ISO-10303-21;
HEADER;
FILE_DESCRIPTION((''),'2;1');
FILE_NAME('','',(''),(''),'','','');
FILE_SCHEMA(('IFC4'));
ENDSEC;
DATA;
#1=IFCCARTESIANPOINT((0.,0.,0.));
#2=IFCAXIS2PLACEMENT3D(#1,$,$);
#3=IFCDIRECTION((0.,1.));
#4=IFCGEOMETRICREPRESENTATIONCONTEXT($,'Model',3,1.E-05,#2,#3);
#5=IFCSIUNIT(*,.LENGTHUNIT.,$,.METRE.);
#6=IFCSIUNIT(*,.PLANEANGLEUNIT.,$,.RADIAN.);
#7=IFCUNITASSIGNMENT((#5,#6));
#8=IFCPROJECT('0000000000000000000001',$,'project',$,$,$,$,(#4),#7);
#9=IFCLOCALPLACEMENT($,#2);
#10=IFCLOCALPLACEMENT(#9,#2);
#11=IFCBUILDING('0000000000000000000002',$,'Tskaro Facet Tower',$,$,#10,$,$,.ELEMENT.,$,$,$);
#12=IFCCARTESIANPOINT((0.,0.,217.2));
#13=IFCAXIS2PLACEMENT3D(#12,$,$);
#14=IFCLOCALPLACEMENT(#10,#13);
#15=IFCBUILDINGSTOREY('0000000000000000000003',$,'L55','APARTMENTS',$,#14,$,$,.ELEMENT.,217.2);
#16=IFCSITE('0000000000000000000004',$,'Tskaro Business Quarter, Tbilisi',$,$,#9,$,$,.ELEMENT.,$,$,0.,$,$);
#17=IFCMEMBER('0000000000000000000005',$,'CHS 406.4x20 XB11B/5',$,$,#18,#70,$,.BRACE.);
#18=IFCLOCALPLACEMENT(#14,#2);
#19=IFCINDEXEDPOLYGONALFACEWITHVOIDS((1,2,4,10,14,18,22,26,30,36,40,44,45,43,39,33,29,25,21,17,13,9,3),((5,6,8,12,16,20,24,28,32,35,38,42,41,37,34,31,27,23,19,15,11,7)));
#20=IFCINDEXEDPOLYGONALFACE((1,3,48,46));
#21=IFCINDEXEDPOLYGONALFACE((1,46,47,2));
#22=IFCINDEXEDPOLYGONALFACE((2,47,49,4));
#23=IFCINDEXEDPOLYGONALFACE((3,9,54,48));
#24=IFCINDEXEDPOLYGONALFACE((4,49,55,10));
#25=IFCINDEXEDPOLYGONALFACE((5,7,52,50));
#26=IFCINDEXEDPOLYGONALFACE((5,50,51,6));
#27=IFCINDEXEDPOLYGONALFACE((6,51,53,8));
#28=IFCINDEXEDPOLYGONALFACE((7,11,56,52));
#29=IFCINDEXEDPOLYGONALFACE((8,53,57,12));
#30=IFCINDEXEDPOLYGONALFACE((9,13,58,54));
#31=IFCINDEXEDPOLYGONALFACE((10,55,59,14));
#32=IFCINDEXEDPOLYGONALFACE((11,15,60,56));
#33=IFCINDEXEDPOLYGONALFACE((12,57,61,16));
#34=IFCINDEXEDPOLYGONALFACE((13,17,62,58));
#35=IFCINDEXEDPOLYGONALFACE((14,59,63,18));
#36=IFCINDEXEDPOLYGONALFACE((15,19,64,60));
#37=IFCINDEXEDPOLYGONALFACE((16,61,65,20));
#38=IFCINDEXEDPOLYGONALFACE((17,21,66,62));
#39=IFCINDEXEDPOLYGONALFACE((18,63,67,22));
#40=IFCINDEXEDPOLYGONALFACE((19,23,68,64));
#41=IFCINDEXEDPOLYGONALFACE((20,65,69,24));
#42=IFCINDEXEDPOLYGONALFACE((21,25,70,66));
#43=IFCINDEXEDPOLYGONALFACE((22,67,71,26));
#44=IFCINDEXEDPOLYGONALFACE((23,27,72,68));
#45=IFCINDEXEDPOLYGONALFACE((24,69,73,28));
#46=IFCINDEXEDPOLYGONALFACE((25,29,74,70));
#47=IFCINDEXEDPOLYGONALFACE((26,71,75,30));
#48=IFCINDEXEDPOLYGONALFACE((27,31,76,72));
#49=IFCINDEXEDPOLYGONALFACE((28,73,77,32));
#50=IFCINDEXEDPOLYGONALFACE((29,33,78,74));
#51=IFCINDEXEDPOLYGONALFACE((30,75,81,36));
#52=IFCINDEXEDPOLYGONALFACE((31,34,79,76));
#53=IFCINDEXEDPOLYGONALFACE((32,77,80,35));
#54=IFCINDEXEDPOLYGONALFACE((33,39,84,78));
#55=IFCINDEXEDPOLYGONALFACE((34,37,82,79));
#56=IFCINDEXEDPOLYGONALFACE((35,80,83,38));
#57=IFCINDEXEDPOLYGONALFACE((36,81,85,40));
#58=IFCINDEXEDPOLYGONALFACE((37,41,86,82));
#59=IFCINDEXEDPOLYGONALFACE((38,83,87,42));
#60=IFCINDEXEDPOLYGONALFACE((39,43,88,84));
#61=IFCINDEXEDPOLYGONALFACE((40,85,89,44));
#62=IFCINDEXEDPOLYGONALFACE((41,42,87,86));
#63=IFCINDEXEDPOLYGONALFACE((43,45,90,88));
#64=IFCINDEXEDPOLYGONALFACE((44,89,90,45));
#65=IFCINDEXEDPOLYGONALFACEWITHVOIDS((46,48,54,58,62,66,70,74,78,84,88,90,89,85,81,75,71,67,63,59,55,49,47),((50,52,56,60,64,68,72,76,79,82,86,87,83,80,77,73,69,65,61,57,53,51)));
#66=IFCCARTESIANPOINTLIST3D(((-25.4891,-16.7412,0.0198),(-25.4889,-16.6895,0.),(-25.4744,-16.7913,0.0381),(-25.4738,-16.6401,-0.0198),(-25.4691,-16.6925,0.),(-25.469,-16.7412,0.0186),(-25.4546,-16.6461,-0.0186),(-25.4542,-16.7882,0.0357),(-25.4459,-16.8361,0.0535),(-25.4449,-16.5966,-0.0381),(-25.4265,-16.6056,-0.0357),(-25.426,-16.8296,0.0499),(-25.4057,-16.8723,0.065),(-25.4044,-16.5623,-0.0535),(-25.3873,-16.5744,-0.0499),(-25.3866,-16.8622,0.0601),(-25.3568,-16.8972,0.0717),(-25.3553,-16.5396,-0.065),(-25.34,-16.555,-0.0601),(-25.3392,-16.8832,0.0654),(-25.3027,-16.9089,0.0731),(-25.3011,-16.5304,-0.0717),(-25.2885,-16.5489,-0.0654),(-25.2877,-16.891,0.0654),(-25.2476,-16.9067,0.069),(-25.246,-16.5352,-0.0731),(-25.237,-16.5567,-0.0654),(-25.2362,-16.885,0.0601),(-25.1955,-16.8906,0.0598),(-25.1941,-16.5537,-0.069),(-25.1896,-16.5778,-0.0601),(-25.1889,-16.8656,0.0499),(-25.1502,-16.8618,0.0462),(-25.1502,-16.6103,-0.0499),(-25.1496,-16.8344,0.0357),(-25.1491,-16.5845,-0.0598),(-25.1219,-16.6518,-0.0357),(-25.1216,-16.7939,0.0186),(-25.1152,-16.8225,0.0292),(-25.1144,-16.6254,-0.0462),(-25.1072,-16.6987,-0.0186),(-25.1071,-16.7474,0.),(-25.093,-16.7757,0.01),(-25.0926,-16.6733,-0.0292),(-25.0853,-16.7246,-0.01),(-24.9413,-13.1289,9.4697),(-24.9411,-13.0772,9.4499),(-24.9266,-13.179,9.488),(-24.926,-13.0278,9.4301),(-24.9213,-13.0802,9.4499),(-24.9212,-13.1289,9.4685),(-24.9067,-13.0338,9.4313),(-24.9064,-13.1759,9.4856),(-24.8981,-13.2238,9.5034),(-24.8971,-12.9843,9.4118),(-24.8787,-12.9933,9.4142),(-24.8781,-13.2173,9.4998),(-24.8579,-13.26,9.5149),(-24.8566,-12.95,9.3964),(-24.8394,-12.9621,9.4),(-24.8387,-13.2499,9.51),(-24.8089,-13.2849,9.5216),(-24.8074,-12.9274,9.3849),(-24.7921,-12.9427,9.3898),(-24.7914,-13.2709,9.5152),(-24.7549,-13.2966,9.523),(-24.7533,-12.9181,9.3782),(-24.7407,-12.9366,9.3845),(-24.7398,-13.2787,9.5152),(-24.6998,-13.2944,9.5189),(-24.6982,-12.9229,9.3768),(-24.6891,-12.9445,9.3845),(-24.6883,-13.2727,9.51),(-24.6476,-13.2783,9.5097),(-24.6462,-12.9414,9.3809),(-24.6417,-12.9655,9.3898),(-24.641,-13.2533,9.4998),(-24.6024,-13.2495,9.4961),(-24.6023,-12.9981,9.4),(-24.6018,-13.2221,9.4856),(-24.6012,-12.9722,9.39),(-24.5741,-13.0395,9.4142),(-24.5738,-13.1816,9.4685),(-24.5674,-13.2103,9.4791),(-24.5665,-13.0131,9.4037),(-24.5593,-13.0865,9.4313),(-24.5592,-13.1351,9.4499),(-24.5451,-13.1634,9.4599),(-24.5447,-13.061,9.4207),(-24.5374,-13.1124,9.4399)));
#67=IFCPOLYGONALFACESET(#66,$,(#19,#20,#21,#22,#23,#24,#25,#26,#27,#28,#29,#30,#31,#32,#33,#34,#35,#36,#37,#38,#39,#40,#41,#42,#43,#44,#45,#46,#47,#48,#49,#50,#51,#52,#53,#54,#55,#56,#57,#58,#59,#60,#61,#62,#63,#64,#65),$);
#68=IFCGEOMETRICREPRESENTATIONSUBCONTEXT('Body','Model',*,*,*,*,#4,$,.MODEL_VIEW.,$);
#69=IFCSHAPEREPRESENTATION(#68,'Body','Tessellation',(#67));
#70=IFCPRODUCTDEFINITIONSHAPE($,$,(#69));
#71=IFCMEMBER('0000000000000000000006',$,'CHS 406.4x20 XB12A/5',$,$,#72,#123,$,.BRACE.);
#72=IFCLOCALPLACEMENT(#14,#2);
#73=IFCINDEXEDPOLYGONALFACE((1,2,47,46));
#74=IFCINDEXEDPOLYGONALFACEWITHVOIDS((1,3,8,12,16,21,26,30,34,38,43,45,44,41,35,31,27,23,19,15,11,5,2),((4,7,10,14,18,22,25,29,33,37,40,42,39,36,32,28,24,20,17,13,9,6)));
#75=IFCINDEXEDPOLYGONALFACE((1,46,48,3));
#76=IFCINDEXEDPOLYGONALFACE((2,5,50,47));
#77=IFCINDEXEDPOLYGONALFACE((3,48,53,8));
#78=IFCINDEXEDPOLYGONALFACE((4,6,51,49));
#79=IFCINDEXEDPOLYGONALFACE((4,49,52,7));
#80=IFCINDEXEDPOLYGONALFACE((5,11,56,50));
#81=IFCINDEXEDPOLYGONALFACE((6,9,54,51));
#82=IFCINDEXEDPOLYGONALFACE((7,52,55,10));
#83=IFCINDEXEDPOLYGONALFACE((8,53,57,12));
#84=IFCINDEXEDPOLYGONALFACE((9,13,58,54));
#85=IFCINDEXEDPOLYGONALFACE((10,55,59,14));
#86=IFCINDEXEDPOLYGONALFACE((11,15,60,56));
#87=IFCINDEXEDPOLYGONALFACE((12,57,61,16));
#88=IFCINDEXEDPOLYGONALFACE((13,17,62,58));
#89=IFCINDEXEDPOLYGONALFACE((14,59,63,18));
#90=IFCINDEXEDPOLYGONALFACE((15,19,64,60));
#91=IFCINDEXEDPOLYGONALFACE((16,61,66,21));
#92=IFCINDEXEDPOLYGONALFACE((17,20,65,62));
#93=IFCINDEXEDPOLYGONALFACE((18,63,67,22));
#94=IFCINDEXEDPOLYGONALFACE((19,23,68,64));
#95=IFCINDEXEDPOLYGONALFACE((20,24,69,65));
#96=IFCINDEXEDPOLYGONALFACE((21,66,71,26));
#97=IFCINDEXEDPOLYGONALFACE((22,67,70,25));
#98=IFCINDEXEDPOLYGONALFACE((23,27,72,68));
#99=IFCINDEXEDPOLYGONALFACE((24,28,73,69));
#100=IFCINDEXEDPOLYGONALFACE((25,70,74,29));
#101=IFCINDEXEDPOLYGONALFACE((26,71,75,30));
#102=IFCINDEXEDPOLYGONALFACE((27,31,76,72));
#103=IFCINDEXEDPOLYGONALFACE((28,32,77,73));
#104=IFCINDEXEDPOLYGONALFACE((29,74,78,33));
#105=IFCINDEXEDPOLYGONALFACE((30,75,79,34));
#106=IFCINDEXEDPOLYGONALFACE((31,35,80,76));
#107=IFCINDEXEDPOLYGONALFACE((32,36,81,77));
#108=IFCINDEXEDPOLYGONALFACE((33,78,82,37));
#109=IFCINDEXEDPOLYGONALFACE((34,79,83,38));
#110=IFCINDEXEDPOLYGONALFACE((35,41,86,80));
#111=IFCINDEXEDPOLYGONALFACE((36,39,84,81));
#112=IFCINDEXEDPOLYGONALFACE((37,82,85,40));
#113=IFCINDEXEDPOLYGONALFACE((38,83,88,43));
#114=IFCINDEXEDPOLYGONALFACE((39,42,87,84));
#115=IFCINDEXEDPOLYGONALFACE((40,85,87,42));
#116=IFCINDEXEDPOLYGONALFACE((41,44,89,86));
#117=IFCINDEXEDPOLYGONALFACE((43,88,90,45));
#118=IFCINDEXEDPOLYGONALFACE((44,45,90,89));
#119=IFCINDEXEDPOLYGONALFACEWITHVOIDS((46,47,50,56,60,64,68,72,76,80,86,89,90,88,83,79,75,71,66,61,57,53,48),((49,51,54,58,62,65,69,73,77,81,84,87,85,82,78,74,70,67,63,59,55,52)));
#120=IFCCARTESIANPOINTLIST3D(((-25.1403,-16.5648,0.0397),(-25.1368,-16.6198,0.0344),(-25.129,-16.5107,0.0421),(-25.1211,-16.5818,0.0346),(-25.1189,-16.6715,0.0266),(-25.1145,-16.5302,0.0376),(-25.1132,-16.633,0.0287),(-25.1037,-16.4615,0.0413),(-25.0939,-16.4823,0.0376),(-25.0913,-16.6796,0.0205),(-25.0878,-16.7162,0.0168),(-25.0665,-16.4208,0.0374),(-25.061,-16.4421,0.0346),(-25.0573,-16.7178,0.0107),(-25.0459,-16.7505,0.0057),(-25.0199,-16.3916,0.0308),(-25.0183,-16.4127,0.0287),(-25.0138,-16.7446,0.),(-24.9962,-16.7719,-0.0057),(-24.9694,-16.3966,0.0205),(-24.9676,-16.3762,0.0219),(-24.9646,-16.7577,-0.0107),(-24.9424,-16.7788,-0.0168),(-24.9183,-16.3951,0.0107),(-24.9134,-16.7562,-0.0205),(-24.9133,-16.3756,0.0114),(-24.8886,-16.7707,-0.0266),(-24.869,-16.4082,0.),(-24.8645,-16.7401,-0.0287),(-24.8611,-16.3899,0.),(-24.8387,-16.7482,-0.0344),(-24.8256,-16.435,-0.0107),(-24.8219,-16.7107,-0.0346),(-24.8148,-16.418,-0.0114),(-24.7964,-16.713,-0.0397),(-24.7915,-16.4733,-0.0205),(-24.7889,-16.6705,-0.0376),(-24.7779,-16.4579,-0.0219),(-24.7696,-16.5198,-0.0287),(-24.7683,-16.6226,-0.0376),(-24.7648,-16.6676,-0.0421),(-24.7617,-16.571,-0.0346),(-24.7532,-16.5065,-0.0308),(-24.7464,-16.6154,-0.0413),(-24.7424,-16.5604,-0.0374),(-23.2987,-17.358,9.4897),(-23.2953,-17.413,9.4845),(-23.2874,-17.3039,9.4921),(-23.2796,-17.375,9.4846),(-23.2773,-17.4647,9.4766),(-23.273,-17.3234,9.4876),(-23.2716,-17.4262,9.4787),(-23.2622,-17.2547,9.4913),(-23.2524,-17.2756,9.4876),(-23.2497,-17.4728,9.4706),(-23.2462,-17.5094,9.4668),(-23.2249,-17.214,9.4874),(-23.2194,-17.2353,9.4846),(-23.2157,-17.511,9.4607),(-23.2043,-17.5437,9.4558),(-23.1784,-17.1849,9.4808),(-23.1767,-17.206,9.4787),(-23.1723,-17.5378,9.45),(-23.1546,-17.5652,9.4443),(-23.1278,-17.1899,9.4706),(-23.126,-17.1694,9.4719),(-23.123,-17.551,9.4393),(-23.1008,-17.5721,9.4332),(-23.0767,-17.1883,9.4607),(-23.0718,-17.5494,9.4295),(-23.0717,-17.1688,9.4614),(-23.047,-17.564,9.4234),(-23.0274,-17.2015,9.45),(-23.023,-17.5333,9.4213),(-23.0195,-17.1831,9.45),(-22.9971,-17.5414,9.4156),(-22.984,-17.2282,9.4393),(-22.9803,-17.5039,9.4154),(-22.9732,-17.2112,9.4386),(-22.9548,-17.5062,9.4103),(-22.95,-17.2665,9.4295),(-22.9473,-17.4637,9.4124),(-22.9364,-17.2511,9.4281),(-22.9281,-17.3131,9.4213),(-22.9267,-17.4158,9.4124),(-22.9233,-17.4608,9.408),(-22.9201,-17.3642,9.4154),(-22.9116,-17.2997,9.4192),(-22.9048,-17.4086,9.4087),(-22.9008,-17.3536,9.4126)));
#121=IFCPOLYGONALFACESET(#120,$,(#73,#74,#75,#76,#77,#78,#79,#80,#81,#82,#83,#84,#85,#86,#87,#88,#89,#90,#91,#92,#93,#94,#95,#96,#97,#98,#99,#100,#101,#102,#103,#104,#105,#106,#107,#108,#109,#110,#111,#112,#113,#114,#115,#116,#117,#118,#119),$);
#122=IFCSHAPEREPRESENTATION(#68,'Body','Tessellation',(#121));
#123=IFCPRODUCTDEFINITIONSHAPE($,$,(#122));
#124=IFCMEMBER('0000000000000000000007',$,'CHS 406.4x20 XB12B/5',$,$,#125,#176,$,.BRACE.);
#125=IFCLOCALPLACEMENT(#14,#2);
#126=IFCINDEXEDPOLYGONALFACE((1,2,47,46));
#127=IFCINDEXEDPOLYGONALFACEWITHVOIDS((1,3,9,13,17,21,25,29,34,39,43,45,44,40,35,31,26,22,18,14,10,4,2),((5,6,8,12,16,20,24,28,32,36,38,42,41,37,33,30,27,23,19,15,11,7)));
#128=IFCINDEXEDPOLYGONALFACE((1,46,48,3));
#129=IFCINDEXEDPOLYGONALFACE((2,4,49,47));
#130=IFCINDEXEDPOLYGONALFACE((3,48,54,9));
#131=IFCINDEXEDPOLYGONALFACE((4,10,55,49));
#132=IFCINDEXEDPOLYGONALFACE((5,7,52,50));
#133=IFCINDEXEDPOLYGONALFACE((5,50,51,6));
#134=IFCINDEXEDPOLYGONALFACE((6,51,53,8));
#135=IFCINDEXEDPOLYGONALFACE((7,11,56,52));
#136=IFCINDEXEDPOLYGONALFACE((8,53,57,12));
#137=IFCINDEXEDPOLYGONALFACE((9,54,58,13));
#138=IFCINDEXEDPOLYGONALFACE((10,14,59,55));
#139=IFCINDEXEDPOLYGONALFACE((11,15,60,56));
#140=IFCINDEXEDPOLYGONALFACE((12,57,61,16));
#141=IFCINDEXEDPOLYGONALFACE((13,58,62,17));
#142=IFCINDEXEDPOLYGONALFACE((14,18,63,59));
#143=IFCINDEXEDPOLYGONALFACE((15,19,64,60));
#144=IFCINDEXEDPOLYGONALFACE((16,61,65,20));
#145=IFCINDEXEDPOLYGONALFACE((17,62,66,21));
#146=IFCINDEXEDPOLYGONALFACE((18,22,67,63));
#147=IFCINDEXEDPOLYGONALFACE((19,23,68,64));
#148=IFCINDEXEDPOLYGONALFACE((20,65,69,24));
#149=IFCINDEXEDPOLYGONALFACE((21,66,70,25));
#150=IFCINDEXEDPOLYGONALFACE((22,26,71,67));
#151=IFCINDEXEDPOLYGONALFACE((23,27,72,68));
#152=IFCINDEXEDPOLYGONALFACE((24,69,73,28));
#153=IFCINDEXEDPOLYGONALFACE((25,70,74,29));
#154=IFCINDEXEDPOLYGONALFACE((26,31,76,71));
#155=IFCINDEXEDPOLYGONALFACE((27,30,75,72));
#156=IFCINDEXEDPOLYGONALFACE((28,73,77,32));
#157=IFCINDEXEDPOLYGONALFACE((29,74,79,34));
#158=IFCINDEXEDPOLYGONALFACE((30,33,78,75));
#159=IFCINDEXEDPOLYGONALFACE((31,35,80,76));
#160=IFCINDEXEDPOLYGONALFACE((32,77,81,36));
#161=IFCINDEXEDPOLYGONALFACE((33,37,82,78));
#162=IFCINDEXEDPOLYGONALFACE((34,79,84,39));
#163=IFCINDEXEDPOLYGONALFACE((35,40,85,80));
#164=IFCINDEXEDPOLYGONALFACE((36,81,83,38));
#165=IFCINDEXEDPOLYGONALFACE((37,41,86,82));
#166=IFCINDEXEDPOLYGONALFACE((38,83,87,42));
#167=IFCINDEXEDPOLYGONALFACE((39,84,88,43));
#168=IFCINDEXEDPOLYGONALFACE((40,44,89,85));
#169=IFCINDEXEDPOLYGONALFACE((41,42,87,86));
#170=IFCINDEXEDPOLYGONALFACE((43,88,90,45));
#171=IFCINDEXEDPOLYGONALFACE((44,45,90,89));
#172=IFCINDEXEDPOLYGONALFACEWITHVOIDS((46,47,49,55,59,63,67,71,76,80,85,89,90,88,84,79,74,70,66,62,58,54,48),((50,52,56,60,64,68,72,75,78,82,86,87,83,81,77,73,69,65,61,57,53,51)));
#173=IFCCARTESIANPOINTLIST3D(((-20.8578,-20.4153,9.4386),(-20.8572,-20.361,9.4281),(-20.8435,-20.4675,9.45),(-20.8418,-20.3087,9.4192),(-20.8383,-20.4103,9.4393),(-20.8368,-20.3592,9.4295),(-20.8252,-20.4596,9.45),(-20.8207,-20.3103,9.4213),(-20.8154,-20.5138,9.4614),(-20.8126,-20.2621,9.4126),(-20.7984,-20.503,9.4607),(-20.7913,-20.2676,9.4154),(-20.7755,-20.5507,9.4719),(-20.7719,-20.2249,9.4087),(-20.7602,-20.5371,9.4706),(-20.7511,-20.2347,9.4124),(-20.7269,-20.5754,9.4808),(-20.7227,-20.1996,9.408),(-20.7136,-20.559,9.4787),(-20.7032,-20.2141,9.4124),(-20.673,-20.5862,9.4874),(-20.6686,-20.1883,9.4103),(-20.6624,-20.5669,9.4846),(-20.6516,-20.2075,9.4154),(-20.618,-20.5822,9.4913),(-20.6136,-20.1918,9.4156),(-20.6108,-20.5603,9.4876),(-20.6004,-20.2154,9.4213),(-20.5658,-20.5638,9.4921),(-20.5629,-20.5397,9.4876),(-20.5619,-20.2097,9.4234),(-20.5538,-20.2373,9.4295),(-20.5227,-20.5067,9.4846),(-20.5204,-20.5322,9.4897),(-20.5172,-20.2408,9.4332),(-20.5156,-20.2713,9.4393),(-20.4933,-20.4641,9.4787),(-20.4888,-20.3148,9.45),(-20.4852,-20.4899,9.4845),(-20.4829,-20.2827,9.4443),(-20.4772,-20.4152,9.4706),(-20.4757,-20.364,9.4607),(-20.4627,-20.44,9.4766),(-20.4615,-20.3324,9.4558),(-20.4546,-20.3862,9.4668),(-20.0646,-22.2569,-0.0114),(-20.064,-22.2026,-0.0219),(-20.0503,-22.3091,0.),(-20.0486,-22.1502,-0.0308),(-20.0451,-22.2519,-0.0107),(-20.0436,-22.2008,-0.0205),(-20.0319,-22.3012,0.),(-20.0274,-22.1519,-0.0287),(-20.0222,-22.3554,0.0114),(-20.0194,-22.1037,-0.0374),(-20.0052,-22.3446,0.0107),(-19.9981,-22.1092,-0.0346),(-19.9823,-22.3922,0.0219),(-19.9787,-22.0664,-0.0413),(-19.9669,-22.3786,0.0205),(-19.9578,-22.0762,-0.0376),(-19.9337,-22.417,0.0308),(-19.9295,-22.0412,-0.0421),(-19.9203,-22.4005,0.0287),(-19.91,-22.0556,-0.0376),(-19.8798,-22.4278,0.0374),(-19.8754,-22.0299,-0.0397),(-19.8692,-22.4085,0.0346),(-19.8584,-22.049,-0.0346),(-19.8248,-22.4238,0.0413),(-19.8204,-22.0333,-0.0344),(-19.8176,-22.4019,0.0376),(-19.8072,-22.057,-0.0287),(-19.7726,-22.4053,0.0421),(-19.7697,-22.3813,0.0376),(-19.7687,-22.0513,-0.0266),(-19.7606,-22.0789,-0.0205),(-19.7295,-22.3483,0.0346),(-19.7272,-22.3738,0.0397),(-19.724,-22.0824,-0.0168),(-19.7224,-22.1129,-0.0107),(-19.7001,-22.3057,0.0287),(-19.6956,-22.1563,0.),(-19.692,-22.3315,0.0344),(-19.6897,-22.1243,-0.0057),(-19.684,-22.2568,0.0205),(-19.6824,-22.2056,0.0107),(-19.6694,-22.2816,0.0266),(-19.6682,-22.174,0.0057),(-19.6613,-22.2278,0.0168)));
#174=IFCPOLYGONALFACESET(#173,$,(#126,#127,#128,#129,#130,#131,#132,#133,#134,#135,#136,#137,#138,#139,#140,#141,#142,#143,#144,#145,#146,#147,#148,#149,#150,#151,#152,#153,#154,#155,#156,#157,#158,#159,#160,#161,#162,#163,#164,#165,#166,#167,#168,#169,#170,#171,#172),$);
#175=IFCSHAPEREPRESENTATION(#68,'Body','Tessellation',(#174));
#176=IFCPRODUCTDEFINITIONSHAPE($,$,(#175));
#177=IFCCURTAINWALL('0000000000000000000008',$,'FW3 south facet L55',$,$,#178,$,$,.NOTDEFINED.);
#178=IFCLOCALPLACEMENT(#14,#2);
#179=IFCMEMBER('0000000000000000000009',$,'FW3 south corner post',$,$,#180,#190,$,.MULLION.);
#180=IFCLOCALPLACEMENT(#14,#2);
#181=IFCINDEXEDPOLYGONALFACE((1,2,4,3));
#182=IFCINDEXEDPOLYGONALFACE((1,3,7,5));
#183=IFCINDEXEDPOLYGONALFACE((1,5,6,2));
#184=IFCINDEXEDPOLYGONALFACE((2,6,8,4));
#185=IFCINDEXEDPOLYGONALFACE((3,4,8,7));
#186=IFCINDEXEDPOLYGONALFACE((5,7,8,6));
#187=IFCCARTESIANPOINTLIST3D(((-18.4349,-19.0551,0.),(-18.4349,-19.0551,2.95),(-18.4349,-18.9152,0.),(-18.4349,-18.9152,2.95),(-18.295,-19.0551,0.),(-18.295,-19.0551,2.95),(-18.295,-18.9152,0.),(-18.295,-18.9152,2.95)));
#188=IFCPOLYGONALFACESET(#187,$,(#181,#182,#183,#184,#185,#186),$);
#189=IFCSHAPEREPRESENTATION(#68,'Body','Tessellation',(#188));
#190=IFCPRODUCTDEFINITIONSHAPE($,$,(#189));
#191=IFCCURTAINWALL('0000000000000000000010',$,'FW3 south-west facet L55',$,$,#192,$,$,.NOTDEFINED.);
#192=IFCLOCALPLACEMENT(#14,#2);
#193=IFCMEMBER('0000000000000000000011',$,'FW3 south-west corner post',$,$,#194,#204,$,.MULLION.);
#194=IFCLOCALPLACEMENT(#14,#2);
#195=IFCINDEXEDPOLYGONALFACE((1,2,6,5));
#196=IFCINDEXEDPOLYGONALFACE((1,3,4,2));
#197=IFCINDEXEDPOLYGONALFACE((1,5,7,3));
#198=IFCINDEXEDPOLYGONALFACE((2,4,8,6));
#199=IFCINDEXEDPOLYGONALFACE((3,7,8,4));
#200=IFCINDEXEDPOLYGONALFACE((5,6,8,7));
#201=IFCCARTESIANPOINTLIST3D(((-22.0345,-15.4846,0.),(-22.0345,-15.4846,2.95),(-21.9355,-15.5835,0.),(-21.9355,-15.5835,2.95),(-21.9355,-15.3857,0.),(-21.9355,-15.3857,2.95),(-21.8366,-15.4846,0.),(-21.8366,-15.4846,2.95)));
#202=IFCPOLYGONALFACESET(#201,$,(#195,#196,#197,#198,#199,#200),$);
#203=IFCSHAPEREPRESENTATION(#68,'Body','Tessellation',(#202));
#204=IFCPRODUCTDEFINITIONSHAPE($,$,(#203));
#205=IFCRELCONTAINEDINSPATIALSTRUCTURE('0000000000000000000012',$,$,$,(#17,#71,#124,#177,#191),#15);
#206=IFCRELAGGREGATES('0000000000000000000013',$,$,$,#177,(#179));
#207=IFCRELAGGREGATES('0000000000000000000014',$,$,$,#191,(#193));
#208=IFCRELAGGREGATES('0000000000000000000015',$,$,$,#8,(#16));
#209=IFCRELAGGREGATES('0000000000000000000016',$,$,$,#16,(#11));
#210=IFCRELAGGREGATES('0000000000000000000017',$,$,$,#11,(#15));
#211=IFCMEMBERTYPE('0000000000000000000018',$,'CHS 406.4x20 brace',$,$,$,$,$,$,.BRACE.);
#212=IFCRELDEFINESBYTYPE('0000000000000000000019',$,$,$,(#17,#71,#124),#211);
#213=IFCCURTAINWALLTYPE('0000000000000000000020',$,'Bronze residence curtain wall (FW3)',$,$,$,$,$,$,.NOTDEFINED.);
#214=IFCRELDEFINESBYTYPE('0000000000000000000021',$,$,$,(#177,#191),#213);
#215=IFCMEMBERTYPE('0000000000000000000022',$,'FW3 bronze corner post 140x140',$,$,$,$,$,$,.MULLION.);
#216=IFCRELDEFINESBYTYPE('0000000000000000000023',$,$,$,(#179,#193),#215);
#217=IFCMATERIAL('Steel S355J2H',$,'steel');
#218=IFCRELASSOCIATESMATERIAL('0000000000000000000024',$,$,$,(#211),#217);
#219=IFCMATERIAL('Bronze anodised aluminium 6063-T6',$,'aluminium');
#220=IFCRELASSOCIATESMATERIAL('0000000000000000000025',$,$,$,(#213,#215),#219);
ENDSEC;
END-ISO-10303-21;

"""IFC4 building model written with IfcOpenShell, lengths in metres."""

from ifc_helpers import new_model, si_unit, direction, frame, origin, origin_2d, place, context, subcontext, project, spatial, rectangle, hollow_circle, extrude, material, material_profile, profile_set, type_object, element, aggregate, save


model = new_model("IFC4")

# Units and contexts
model_context = context("Model", 3, precision=1e-05, world=origin(), true_north=direction((0.0, 1.0)))
body_context = subcontext(model_context, "Body", "Model", "MODEL_VIEW")
ifc_project = project(units=[si_unit("LENGTHUNIT", "METRE"), si_unit("PLANEANGLEUNIT", "RADIAN")], contexts=[model_context])

# Site, building, storey
site_placement = place(None, origin())
site = spatial("IfcSite", under=ifc_project, at=site_placement, Name="Tskaro Business Quarter, Tbilisi", CompositionType="ELEMENT", RefElevation=0.0)
building_placement = place(site_placement, origin())
building = spatial("IfcBuilding", under=site, at=building_placement, Name="Tskaro Facet Tower", CompositionType="ELEMENT")
storey_placement = place(building_placement, frame((0.0, 0.0, 217.2)))
storey = spatial("IfcBuildingStorey", under=building, at=storey_placement, Name="L55", Description="APARTMENTS", CompositionType="ELEMENT", Elevation=217.2)

# Shared definitions
ifc_material_1 = material(Name="Steel S355J2H", Category="steel")

# Members
ifc_material_profile_1 = material_profile(ifc_material_1, hollow_circle(Radius=0.2031, WallThickness=0.02, at=origin_2d()), Name="CHS 406.4x20")
ifc_profile_set_1 = profile_set([ifc_material_profile_1], Name="Steel S355J2H")
member_type_1 = type_object("IfcMemberType", Name="CHS 406.4x20 brace", PredefinedType="BRACE", material=ifc_profile_set_1)
member_1_placement = place(storey_placement, frame((-25.2881, -16.72, 0.0), z_axis=(0.054073, 0.356536, 0.932715), x_axis=(-0.988694, 0.149948, 0.0)))
element("IfcMember", 1, at=member_1_placement, inside=storey, type_object=member_type_1, Name="CHS 406.4x20 XB11B/5", PredefinedType="BRACE", context=body_context, shape_type="SweptSolid", body=[
    extrude(hollow_circle(Radius=0.2031, WallThickness=0.02, at=origin_2d()), origin(), (0.0, 0.0, 1.0), 10.1316),
])
for number, where, z_axis, x_axis, name in (
    (2, (-24.9414, -16.5764, 0.0), (0.19063, -0.08211, 0.978222), (0.395594, 0.918426, 0.0), "CHS 406.4x20 XB12A/5"),
    (3, (-19.8638, -22.2288, 0.0), (-0.08211, 0.19063, 0.978222), (-0.918426, -0.395594, 0.0), "CHS 406.4x20 XB12B/5"),
):
    element("IfcMember", number, at=place(storey_placement, frame(where, z_axis=z_axis, x_axis=x_axis)), inside=storey, type_object=member_type_1, Name=name, PredefinedType="BRACE", context=body_context, shape_type="SweptSolid", body=[
        extrude(hollow_circle(Radius=0.2031, WallThickness=0.02, at=origin_2d()), origin(), (0.0, 0.0, 1.0), 9.6604),
    ])

# Curtain walls, members
ifc_material_2 = material(Name="Bronze anodised aluminium 6063-T6", Category="aluminium")
curtain_wall_type = type_object("IfcCurtainWallType", Name="Bronze residence curtain wall (FW3)", PredefinedType="NOTDEFINED", material=ifc_material_2)
curtain_wall_1_placement = place(storey_placement, origin())
curtain_wall_1 = element("IfcCurtainWall", 4, at=curtain_wall_1_placement, inside=storey, type_object=curtain_wall_type, Name="FW3 south facet L55", PredefinedType="NOTDEFINED")
ifc_material_profile_2 = material_profile(ifc_material_2, rectangle(XDim=0.1399, YDim=0.1399, at=origin_2d()), Name="Corner post 140x140")
ifc_profile_set_2 = profile_set([ifc_material_profile_2], Name="Bronze anodised aluminium 6063-T6")
member_type_2 = type_object("IfcMemberType", Name="FW3 bronze corner post 140x140", PredefinedType="MULLION", material=ifc_profile_set_2)
member_2_placement = place(storey_placement, frame((-18.365, -18.9851, 0.0), z_axis=(0.0, 0.0, 1.0), x_axis=(1.0, 0.0, 0.0)))
member_2 = element("IfcMember", 5, at=member_2_placement, type_object=member_type_2, Name="FW3 south corner post", PredefinedType="MULLION", context=body_context, shape_type="SweptSolid", body=[
    extrude(rectangle(XDim=0.1399, YDim=0.1399, at=origin_2d()), origin(), (0.0, 0.0, 1.0), 2.95),
])
curtain_wall_2_placement = place(storey_placement, origin())
curtain_wall_2 = element("IfcCurtainWall", 6, at=curtain_wall_2_placement, inside=storey, type_object=curtain_wall_type, Name="FW3 south-west facet L55", PredefinedType="NOTDEFINED")
member_3_placement = place(storey_placement, frame((-21.9355, -15.4846, 0.0), z_axis=(0.0, 0.0, 1.0), x_axis=(0.707107, -0.707107, 0.0)))
member_3 = element("IfcMember", 7, at=member_3_placement, type_object=member_type_2, Name="FW3 south-west corner post", PredefinedType="MULLION", context=body_context, shape_type="SweptSolid", body=[
    extrude(rectangle(XDim=0.1399, YDim=0.1399, at=origin_2d()), origin(), (0.0, 0.0, 1.0), 2.95),
])

aggregate(curtain_wall_1, [member_2])
aggregate(curtain_wall_2, [member_3])

save(model, "model.ifc")
